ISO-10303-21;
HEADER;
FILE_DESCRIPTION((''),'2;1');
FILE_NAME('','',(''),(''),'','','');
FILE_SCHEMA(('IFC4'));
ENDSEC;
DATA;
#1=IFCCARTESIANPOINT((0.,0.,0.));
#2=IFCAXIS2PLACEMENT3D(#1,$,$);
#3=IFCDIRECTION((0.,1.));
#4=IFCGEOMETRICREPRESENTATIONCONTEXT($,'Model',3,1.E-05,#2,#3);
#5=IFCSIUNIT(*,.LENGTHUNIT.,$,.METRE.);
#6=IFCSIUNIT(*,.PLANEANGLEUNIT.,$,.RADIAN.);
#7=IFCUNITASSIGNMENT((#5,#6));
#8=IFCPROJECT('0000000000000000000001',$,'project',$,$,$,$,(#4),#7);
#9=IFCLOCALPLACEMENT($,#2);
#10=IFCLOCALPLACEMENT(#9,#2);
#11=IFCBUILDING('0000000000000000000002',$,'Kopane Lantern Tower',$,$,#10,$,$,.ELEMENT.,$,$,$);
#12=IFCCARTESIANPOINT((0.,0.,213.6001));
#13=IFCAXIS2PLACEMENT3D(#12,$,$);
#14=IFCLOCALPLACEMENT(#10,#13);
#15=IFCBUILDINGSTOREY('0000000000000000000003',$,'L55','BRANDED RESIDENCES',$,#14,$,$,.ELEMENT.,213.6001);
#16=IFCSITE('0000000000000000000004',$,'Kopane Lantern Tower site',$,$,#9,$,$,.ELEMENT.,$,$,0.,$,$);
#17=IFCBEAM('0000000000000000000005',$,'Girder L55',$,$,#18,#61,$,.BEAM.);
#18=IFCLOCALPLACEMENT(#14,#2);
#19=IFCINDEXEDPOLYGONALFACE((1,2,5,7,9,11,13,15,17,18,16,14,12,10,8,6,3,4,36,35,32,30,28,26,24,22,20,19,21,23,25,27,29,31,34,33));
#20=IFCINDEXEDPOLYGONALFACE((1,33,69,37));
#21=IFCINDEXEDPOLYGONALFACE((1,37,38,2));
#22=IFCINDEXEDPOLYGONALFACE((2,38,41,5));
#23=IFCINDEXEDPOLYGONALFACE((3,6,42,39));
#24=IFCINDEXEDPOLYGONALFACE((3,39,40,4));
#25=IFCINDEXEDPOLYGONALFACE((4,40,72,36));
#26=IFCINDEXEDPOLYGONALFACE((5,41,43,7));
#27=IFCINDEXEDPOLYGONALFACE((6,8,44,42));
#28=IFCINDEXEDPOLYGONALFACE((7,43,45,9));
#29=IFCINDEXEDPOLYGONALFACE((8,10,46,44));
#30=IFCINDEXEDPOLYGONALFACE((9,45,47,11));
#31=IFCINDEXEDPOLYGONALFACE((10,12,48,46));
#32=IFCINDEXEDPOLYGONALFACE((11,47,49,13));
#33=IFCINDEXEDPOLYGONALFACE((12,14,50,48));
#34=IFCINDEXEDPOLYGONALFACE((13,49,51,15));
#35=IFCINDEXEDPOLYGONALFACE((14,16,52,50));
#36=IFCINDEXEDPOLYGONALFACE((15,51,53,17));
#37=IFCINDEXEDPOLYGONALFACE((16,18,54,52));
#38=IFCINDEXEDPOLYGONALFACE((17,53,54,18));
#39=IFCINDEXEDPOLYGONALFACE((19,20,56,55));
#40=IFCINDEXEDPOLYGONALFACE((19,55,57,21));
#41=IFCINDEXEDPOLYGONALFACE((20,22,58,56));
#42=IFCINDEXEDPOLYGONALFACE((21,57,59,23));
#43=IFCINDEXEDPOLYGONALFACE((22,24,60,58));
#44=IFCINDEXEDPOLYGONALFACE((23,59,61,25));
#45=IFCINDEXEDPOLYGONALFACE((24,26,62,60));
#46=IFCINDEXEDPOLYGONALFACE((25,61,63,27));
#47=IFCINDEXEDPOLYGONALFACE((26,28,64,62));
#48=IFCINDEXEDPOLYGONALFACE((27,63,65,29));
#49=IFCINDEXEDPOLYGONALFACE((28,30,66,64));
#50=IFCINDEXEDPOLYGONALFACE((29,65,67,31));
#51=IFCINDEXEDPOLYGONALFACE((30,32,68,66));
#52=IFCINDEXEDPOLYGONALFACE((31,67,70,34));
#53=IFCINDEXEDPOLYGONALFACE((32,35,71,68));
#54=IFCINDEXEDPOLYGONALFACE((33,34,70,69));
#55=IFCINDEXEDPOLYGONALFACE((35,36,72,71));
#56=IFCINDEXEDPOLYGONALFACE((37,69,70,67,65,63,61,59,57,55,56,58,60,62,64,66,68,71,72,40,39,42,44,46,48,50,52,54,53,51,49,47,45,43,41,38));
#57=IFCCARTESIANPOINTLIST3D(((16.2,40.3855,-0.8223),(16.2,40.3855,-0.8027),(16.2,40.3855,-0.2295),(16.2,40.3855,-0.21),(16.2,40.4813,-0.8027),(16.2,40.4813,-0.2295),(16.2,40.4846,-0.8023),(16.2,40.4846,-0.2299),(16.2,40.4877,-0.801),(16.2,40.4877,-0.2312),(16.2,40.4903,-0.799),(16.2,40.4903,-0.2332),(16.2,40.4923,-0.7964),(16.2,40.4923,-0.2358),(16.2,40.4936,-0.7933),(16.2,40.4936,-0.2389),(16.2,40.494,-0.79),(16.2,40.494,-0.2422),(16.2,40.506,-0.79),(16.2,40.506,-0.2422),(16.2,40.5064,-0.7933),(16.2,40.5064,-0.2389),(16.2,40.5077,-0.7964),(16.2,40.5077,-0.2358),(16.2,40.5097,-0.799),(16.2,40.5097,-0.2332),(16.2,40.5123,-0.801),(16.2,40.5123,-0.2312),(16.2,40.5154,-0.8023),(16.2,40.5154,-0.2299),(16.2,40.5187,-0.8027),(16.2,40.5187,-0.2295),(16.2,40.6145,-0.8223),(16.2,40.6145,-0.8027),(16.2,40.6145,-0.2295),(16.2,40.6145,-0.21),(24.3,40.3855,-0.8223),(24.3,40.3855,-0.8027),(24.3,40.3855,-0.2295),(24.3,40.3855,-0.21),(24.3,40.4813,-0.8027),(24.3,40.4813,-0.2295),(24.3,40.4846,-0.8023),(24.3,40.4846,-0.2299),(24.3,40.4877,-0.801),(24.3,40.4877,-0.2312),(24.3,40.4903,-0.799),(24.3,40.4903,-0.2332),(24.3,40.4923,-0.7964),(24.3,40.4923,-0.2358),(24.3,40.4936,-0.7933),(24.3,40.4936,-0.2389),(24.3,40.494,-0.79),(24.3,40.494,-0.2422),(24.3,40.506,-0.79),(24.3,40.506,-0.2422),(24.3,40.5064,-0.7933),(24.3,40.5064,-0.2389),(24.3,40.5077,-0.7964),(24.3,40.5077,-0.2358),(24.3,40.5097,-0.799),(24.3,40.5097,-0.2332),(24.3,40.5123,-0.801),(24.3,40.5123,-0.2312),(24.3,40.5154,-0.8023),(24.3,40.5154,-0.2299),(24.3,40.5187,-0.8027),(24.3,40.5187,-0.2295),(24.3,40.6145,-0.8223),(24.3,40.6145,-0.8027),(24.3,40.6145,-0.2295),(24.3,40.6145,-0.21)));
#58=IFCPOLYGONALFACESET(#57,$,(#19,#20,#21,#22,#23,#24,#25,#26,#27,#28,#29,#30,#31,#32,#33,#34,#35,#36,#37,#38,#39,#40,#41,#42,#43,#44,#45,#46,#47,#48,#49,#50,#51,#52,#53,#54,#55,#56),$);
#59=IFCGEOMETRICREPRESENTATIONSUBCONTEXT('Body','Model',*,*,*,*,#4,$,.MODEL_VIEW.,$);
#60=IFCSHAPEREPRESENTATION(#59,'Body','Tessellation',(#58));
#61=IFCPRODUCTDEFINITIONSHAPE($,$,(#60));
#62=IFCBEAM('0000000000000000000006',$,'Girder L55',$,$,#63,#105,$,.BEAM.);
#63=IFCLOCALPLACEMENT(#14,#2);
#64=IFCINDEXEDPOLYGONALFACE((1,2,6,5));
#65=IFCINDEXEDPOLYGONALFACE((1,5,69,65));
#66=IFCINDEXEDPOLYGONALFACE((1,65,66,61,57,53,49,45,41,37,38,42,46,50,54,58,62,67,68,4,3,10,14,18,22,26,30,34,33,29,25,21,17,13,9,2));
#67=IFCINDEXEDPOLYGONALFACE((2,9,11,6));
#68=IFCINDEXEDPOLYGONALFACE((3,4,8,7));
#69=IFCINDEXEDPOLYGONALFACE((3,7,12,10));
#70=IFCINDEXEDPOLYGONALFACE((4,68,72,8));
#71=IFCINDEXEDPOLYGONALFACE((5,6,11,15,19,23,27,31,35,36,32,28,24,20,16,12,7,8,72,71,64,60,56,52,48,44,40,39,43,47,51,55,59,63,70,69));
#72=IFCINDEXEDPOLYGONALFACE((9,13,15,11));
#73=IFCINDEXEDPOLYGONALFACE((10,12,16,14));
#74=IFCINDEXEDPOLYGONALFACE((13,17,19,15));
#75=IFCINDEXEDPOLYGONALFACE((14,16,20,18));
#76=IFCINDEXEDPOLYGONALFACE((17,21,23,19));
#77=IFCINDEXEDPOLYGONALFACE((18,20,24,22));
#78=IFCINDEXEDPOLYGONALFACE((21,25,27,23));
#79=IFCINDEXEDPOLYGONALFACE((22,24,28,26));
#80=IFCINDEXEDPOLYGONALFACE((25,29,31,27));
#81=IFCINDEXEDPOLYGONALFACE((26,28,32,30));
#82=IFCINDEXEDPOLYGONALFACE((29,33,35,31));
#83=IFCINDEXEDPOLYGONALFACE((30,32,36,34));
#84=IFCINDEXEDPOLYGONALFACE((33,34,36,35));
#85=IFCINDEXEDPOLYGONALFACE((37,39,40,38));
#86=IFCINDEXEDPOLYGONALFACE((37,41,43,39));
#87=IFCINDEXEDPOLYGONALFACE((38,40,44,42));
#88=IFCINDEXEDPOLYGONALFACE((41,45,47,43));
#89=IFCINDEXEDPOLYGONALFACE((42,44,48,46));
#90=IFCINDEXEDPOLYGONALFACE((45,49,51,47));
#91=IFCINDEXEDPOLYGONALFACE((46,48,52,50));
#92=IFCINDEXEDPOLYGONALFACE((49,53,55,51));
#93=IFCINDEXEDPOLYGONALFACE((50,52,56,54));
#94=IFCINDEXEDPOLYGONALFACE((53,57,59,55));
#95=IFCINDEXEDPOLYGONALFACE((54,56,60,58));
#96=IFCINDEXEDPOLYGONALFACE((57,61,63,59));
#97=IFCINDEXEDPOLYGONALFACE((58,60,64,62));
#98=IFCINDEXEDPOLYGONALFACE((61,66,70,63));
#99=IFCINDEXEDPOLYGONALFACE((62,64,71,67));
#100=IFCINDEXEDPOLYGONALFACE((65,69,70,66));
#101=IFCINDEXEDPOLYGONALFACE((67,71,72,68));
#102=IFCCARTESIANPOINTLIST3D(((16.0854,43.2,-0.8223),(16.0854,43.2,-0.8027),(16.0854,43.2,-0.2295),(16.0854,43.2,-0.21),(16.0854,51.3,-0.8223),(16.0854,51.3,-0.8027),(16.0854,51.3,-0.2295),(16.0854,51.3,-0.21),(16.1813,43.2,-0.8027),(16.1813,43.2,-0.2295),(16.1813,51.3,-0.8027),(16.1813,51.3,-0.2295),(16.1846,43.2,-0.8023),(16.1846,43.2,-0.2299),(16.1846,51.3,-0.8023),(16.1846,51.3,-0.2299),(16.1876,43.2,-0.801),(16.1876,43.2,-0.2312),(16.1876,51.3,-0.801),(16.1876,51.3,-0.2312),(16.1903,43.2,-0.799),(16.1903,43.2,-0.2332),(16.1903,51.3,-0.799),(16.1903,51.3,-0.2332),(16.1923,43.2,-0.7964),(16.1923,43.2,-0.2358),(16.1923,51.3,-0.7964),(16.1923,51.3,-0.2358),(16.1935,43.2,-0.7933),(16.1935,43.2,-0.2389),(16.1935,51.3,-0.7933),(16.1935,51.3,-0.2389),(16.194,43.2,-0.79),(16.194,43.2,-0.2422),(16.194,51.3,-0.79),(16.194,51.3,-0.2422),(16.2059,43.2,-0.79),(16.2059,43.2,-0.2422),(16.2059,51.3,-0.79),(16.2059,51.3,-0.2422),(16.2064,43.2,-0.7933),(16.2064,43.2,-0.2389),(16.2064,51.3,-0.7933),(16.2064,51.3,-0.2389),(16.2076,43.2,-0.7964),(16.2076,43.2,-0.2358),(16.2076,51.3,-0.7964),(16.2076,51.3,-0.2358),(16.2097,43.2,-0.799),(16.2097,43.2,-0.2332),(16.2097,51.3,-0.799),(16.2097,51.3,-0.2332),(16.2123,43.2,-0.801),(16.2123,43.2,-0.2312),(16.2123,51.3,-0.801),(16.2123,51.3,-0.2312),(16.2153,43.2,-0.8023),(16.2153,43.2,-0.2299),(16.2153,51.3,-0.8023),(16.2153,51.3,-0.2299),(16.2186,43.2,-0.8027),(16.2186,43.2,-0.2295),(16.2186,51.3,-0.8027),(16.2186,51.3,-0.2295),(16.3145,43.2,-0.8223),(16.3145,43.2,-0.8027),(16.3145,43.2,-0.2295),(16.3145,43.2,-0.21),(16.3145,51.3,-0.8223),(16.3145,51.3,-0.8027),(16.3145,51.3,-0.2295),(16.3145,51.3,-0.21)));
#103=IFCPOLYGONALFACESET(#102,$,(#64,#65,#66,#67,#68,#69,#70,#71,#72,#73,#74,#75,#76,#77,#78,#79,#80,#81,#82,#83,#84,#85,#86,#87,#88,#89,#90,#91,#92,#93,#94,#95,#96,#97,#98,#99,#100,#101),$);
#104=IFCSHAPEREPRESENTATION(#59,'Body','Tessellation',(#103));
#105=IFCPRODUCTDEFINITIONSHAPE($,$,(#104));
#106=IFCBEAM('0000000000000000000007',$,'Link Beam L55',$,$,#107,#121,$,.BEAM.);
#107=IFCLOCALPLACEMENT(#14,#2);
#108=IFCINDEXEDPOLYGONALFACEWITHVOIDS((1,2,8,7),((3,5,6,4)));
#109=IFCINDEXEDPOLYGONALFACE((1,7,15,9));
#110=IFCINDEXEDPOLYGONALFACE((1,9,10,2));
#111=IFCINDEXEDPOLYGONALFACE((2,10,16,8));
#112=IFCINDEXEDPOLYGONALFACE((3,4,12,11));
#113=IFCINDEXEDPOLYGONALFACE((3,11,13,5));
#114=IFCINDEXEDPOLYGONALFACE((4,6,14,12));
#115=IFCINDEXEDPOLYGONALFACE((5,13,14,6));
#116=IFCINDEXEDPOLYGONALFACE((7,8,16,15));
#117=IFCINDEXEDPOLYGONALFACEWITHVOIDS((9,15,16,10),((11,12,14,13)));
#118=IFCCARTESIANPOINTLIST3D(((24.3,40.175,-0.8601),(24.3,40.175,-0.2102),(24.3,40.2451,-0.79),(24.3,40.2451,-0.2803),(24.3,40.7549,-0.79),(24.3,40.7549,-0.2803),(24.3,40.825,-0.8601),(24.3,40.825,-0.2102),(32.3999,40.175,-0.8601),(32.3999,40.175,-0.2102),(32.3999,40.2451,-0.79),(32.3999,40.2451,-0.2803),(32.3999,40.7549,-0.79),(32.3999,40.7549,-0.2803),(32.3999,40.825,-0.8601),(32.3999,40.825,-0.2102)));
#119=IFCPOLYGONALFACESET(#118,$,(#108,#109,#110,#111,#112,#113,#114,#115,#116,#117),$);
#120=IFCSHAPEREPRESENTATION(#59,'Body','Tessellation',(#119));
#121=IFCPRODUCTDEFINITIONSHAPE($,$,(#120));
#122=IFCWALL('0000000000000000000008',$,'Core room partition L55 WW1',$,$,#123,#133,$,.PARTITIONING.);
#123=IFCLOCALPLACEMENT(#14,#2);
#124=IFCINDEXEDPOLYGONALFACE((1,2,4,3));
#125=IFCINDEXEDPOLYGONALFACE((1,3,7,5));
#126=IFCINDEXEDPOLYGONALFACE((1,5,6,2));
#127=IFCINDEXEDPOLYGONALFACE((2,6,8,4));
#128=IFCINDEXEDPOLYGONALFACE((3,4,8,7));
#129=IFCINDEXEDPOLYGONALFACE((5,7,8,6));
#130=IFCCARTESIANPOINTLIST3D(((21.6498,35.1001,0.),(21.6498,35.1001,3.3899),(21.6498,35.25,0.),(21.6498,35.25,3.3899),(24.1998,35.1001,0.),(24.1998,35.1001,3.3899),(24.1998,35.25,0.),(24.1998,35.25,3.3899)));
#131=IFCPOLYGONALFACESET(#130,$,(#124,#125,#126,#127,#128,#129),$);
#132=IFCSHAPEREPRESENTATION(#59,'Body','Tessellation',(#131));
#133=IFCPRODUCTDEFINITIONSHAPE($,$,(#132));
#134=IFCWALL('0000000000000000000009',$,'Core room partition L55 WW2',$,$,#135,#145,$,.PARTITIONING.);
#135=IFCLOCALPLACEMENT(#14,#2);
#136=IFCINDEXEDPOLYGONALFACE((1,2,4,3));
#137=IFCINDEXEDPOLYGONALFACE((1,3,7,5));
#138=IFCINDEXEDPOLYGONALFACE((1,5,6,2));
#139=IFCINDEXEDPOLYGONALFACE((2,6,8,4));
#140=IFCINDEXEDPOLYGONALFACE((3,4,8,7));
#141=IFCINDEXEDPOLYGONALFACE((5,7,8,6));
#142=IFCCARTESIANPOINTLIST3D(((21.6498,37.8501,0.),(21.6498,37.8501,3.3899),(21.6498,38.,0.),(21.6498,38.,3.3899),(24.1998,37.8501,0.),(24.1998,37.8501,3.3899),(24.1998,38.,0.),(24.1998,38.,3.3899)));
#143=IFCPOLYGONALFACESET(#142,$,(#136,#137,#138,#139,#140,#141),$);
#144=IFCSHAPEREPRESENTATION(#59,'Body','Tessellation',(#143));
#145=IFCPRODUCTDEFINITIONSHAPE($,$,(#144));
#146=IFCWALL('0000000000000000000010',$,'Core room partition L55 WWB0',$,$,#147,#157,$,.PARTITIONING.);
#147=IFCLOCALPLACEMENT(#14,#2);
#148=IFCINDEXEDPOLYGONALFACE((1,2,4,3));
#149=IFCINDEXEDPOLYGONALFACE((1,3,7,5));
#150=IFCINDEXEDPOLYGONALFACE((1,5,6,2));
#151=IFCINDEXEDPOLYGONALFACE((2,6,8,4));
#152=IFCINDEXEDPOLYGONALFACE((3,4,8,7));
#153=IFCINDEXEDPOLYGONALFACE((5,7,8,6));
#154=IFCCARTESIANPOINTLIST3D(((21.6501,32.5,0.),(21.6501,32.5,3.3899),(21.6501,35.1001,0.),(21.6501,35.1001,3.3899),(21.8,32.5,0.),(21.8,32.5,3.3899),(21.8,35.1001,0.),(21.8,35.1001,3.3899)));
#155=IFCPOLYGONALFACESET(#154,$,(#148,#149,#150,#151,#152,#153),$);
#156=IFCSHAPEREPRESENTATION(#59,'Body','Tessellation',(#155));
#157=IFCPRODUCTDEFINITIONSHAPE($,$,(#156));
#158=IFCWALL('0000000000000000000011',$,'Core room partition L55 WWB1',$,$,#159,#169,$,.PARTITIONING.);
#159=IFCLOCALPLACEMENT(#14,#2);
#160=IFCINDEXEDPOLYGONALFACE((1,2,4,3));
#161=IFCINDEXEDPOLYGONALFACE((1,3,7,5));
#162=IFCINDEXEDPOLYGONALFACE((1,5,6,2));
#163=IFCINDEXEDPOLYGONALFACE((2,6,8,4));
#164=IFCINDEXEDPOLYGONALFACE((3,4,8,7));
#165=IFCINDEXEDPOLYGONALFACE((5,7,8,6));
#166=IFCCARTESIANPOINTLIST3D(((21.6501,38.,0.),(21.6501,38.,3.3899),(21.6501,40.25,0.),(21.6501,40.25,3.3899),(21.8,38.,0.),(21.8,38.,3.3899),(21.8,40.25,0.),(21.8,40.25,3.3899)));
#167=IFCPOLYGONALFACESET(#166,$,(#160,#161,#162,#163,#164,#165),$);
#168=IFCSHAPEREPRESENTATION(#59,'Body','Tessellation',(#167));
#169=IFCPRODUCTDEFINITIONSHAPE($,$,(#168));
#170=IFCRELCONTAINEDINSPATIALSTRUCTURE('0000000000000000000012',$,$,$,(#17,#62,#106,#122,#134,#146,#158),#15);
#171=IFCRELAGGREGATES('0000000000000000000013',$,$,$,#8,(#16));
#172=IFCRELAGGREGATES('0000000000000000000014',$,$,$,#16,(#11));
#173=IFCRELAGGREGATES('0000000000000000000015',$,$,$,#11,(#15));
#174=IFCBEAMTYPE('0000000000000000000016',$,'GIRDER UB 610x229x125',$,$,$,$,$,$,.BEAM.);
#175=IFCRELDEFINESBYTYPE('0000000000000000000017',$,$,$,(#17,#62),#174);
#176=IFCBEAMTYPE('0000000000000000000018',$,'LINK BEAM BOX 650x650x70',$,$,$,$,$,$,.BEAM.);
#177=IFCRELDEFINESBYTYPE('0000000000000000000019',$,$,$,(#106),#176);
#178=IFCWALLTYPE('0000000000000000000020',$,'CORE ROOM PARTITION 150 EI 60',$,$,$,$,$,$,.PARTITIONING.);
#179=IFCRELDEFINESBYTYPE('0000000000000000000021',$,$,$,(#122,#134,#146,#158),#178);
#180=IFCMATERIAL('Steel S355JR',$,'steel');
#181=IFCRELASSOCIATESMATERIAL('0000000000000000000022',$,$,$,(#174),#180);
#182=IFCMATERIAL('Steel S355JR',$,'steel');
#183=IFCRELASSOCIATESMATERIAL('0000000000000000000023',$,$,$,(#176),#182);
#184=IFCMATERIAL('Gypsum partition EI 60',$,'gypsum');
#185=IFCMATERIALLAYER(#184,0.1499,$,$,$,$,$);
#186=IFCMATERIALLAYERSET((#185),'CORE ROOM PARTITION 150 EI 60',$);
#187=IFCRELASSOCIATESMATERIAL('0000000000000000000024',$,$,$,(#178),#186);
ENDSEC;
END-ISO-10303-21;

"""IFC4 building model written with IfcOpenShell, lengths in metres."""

from ifc_helpers import new_model, si_unit, direction, frame, frame_2d, origin, origin_2d, place, context, subcontext, project, spatial, rectangle, hollow_rectangle, i_section, extrude, material, layer, layer_set, material_profile, profile_set, type_object, element, save


model = new_model("IFC4")

# Units and contexts
model_context = context("Model", 3, precision=1e-05, world=origin(), true_north=direction((0.0, 1.0)))
body_context = subcontext(model_context, "Body", "Model", "MODEL_VIEW")
ifc_project = project(units=[si_unit("LENGTHUNIT", "METRE"), si_unit("PLANEANGLEUNIT", "RADIAN")], contexts=[model_context])

# Site, building, storey
site_placement = place(None, origin())
site = spatial("IfcSite", under=ifc_project, at=site_placement, Name="Kopane Lantern Tower site", CompositionType="ELEMENT", RefElevation=0.0)
building_placement = place(site_placement, origin())
building = spatial("IfcBuilding", under=site, at=building_placement, Name="Kopane Lantern Tower", CompositionType="ELEMENT")
storey_placement = place(building_placement, frame((0.0, 0.0, 213.6001)))
storey = spatial("IfcBuildingStorey", under=building, at=storey_placement, Name="L55", Description="BRANDED RESIDENCES", CompositionType="ELEMENT", Elevation=213.6001)

# Beams
ifc_material_1 = material(Name="Steel S355JR", Category="steel")
ifc_material_profile_1 = material_profile(ifc_material_1, i_section(OverallWidth=0.229, OverallDepth=0.6123, WebThickness=0.012, FlangeThickness=0.0195, FilletRadius=0.0127, at=origin_2d()), Name="UB 610x229x125")
ifc_profile_set_1 = profile_set([ifc_material_profile_1], Name="Steel S355JR")
beam_type_1 = type_object("IfcBeamType", Name="GIRDER UB 610x229x125", PredefinedType="BEAM", material=ifc_profile_set_1)
for number, where, z_axis, x_axis, name in (
    (1, (16.2, 40.5, -0.5161), (1.0, 0.0, 0.0), (0.0, 1.0, 0.0), "Girder L55"),
    (2, (16.2, 43.2, -0.5161), (0.0, 1.0, 0.0), (-1.0, 0.0, 0.0), "Girder L55"),
):
    element("IfcBeam", number, at=place(storey_placement, frame(where, z_axis=z_axis, x_axis=x_axis)), inside=storey, type_object=beam_type_1, Name=name, PredefinedType="BEAM", context=body_context, shape_type="SweptSolid", body=[
        extrude(i_section(OverallWidth=0.229, OverallDepth=0.6123, WebThickness=0.012, FlangeThickness=0.0195, FilletRadius=0.0127, at=origin_2d()), origin(), (0.0, 0.0, 1.0), 8.1001),
    ])
ifc_material_2 = material(Name="Steel S355JR", Category="steel")
ifc_material_profile_2 = material_profile(ifc_material_2, hollow_rectangle(XDim=0.6499, YDim=0.6499, WallThickness=0.0701, at=origin_2d()), Name="BOX 650x650x70")
ifc_profile_set_2 = profile_set([ifc_material_profile_2], Name="Steel S355JR")
beam_type_2 = type_object("IfcBeamType", Name="LINK BEAM BOX 650x650x70", PredefinedType="BEAM", material=ifc_profile_set_2)
beam_placement = place(storey_placement, frame((24.3, 40.5, -0.5352), z_axis=(1.0, 0.0, 0.0), x_axis=(0.0, 1.0, 0.0)))
element("IfcBeam", 3, at=beam_placement, inside=storey, type_object=beam_type_2, Name="Link Beam L55", PredefinedType="BEAM", context=body_context, shape_type="SweptSolid", body=[
    extrude(hollow_rectangle(XDim=0.6499, YDim=0.6499, WallThickness=0.0701, at=origin_2d()), origin(), (0.0, 0.0, 1.0), 8.0999),
])

# Walls
ifc_material_3 = material(Name="Gypsum partition EI 60", Category="gypsum")
ifc_layer_1 = layer(ifc_material_3, 0.1499)
ifc_layer_set_1 = layer_set([ifc_layer_1], Name="CORE ROOM PARTITION 150 EI 60")
wall_type_1 = type_object("IfcWallType", Name="CORE ROOM PARTITION 150 EI 60", PredefinedType="PARTITIONING", material=ifc_layer_set_1)
for number, where, z_axis, x_axis, name in (
    (4, (21.6499, 35.175, 0.0), (0.0, 0.0, 1.0), (1.0, 0.0, 0.0), "Core room partition L55 WW1"),
    (5, (21.6499, 37.925, 0.0), (0.0, 0.0, 1.0), (1.0, 0.0, 0.0), "Core room partition L55 WW2"),
):
    element("IfcWall", number, at=place(storey_placement, frame(where, z_axis=z_axis, x_axis=x_axis)), inside=storey, type_object=wall_type_1, Name=name, PredefinedType="PARTITIONING", context=body_context, shape_type="SweptSolid", body=[
        extrude(rectangle(XDim=2.55, YDim=0.1499, at=frame_2d((1.2749, 0.0))), origin(), (0.0, 0.0, 1.0), 3.3899),
    ])
wall_1_placement = place(storey_placement, frame((21.7251, 32.5, 0.0), z_axis=(0.0, 0.0, 1.0), x_axis=(0.0, 1.0, 0.0)))
element("IfcWall", 6, at=wall_1_placement, inside=storey, type_object=wall_type_1, Name="Core room partition L55 WWB0", PredefinedType="PARTITIONING", context=body_context, shape_type="SweptSolid", body=[
    extrude(rectangle(XDim=2.6001, YDim=0.1499, at=frame_2d((1.3, 0.0))), origin(), (0.0, 0.0, 1.0), 3.3899),
])
wall_2_placement = place(storey_placement, frame((21.7251, 38.0, 0.0), z_axis=(0.0, 0.0, 1.0), x_axis=(0.0, 1.0, 0.0)))
element("IfcWall", 7, at=wall_2_placement, inside=storey, type_object=wall_type_1, Name="Core room partition L55 WWB1", PredefinedType="PARTITIONING", context=body_context, shape_type="SweptSolid", body=[
    extrude(rectangle(XDim=2.25, YDim=0.1499, at=frame_2d((1.125, 0.0))), origin(), (0.0, 0.0, 1.0), 3.3899),
])

save(model, "model.ifc")
